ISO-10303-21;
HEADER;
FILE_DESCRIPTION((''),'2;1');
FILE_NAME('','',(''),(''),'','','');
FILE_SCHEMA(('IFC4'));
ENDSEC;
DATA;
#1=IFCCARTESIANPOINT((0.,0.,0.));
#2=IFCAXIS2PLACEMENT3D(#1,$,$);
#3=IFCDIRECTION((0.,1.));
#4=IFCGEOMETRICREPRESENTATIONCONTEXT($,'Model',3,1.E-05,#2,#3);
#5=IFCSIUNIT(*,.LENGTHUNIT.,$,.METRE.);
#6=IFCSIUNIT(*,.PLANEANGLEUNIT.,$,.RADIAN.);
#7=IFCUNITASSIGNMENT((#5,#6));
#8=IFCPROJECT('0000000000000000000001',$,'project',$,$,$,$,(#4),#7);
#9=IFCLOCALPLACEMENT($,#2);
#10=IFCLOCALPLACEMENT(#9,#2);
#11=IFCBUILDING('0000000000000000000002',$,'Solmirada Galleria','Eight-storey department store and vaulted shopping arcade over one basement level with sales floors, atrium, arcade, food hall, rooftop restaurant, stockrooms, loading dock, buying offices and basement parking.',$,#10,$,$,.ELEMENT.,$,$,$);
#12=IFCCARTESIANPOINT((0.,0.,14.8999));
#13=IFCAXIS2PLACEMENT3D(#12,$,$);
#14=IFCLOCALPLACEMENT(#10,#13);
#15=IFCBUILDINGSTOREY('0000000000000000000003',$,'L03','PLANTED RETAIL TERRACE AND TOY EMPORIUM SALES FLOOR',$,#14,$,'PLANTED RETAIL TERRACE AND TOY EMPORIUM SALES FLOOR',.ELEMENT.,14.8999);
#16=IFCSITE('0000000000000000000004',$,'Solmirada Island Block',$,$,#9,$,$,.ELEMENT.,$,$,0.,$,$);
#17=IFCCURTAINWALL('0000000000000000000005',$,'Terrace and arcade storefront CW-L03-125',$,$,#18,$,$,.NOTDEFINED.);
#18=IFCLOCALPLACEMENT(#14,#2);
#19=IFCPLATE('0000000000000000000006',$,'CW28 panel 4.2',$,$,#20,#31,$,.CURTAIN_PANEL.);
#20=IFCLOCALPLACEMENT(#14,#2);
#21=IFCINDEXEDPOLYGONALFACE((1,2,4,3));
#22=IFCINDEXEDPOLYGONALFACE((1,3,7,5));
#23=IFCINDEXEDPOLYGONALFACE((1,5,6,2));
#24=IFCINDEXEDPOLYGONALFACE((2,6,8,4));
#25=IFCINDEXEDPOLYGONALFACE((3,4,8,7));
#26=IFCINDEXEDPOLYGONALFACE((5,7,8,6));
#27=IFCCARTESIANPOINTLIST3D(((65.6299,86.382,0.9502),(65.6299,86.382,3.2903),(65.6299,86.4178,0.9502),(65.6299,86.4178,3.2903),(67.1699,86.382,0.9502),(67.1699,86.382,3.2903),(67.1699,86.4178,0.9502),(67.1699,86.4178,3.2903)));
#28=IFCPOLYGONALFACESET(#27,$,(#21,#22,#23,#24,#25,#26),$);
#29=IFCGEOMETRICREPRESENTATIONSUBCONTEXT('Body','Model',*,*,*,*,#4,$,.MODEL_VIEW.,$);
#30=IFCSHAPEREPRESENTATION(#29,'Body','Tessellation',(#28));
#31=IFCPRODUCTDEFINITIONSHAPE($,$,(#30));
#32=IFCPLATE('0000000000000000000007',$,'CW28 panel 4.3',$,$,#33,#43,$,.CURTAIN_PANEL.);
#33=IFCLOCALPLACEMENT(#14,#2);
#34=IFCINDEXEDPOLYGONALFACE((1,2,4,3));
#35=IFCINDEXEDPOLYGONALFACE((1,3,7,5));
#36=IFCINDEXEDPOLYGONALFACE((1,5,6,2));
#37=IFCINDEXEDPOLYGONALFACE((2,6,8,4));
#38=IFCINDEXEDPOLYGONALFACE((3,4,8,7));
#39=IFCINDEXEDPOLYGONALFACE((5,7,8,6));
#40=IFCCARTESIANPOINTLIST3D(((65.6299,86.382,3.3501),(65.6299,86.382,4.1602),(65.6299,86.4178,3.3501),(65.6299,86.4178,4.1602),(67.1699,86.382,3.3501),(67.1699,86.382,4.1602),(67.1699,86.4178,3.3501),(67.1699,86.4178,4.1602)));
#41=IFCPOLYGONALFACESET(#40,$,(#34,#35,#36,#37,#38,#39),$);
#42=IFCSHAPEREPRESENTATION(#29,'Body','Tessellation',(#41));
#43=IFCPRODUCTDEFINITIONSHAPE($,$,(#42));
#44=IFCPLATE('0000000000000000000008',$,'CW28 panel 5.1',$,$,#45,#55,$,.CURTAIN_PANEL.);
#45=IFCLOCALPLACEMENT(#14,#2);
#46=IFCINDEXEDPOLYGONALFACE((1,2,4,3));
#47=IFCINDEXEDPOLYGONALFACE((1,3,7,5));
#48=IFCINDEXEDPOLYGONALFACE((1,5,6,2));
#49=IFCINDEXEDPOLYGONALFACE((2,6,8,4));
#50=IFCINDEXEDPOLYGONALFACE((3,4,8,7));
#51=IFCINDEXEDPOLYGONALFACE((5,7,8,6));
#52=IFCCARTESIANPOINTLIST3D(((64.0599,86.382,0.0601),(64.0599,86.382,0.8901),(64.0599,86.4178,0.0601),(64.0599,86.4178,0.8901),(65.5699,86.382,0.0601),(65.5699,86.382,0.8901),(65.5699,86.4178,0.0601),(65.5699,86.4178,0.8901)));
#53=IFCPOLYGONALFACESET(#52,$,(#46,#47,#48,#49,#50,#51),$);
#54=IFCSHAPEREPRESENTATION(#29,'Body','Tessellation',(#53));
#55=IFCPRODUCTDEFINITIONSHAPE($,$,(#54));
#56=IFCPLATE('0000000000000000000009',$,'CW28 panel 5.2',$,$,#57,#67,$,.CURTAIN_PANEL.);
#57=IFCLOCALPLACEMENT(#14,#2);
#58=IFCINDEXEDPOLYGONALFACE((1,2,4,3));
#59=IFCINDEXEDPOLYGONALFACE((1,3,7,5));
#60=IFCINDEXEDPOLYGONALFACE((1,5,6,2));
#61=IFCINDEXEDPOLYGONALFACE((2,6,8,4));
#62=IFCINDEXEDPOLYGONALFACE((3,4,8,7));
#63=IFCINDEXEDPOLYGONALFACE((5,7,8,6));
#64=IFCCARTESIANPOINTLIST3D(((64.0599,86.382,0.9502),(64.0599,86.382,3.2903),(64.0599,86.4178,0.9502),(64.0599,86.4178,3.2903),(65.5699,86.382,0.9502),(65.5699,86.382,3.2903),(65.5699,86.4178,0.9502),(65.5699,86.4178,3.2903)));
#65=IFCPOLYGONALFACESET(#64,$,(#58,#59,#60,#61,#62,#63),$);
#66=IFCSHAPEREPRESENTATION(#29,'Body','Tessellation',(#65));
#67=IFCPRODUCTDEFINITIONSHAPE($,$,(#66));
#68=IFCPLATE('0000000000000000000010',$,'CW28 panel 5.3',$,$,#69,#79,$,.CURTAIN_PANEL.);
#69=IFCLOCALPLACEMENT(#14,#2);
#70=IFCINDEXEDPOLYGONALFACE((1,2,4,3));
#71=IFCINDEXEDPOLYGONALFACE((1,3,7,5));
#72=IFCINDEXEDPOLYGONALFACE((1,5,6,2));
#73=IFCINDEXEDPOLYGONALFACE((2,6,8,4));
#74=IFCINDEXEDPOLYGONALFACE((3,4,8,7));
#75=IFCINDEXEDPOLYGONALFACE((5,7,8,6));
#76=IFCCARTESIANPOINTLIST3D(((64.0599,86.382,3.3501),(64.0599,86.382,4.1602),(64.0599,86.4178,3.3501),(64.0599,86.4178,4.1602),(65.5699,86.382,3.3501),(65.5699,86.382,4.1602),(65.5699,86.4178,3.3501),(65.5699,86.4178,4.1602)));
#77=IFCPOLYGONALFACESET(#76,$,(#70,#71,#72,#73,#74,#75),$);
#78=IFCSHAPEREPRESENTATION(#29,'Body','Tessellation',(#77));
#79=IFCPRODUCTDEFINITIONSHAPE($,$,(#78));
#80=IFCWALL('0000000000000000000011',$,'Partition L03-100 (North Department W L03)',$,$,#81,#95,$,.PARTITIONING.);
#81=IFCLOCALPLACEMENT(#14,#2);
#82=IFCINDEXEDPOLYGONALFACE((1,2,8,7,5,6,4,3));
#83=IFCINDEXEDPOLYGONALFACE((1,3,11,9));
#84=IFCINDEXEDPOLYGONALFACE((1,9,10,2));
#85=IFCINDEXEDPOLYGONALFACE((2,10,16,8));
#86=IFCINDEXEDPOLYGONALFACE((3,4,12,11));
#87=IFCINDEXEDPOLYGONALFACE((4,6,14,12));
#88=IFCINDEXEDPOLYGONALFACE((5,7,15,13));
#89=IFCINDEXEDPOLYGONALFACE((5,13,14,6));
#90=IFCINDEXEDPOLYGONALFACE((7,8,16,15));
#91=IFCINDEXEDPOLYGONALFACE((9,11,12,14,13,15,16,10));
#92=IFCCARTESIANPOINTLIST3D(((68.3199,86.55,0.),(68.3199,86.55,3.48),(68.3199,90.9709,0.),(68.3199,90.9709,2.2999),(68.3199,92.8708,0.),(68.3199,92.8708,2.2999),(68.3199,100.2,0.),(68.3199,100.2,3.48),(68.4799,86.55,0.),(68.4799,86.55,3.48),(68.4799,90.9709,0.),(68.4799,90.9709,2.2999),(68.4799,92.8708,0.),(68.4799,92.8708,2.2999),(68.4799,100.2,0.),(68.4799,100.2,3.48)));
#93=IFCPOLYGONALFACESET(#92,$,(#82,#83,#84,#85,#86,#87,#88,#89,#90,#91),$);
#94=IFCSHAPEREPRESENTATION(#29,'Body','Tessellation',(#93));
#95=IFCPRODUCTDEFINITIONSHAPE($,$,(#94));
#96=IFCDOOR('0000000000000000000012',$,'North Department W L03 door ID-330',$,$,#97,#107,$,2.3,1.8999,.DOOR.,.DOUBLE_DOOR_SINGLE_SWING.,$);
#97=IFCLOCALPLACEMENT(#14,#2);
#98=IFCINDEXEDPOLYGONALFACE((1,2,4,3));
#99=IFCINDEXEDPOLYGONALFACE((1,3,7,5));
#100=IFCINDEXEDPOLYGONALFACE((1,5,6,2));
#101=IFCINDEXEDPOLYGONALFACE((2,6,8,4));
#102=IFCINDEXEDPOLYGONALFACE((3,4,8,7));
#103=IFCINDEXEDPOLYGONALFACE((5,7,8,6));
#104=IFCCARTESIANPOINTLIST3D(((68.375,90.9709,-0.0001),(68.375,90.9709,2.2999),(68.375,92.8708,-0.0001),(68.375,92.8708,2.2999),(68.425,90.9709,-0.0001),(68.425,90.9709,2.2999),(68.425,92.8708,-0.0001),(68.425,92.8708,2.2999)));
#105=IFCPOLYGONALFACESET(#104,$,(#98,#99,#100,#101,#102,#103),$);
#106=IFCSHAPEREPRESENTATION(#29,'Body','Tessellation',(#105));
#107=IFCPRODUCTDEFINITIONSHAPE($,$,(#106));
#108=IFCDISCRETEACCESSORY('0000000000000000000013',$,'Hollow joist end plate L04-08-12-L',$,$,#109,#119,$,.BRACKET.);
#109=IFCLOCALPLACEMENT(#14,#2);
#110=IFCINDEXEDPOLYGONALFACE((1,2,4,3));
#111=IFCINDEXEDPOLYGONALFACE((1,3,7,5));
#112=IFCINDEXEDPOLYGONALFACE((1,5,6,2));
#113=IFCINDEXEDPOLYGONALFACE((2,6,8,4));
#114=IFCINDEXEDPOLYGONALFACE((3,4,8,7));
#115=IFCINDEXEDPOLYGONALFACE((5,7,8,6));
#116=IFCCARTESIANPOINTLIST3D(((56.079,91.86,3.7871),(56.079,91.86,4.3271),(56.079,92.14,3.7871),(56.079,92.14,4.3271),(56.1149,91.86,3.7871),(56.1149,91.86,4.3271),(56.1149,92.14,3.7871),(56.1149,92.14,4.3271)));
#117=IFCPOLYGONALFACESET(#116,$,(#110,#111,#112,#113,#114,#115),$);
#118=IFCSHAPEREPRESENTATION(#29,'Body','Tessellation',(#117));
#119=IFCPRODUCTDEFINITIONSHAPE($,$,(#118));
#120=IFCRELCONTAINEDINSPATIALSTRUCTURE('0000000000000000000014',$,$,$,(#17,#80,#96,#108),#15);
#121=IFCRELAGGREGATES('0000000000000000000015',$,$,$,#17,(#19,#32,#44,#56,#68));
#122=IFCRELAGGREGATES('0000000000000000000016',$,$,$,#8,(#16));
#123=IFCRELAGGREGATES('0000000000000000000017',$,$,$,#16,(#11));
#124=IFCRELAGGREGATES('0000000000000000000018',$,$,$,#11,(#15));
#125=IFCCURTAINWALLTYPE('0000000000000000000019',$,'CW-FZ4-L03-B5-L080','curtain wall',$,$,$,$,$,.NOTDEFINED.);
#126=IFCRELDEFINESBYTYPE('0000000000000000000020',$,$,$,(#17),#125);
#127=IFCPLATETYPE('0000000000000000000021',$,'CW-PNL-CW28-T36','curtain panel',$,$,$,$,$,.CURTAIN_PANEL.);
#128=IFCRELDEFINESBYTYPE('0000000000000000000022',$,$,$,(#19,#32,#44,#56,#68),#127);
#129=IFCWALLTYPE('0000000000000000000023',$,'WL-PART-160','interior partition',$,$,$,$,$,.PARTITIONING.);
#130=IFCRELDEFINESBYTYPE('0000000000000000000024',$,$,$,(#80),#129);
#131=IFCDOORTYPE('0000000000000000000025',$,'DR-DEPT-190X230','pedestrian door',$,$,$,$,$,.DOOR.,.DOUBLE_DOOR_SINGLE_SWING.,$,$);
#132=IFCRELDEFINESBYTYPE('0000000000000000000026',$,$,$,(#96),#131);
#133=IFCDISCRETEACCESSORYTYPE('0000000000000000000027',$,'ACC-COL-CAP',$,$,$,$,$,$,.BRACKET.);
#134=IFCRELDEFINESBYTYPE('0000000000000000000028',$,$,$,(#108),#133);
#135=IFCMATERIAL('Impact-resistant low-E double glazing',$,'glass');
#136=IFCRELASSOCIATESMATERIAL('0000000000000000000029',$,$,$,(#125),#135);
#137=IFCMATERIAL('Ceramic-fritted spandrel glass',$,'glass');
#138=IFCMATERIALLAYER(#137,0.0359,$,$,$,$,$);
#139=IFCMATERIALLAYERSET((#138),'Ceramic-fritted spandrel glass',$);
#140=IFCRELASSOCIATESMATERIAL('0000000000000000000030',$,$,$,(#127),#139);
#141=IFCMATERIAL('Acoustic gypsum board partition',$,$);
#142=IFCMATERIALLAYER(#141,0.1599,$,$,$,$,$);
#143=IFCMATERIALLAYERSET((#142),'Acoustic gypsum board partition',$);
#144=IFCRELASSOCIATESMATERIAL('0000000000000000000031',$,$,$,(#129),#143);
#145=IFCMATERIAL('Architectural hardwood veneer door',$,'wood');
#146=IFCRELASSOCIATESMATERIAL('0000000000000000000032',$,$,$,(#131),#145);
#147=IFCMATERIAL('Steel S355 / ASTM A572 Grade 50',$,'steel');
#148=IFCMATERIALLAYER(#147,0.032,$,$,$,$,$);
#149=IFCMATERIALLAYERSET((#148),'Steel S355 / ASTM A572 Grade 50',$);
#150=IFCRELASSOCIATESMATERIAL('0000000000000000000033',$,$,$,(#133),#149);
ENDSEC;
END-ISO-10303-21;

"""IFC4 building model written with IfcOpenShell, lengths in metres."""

from ifc_helpers import new_model, si_unit, direction, frame, frame_2d, origin, origin_2d, place, context, subcontext, project, spatial, rectangle, extrude, material, layer, layer_set, type_object, element, fill, aggregate, save


model = new_model("IFC4")

# Units and contexts
model_context = context("Model", 3, precision=1e-05, world=origin(), true_north=direction((0.0, 1.0)))
body_context = subcontext(model_context, "Body", "Model", "MODEL_VIEW")
ifc_project = project(units=[si_unit("LENGTHUNIT", "METRE"), si_unit("PLANEANGLEUNIT", "RADIAN")], contexts=[model_context])

# Site, building, storey
site_placement = place(None, origin())
site = spatial("IfcSite", under=ifc_project, at=site_placement, Name="Solmirada Island Block", CompositionType="ELEMENT", RefElevation=0.0)
building_placement = place(site_placement, origin())
building = spatial("IfcBuilding", under=site, at=building_placement, Name="Solmirada Galleria", Description="Eight-storey department store and vaulted shopping arcade over one basement level with sales floors, atrium, arcade, food hall, rooftop restaurant, stockrooms, loading dock, buying offices and basement parking.", CompositionType="ELEMENT")
storey_placement = place(building_placement, frame((0.0, 0.0, 14.8999)))
storey = spatial("IfcBuildingStorey", under=building, at=storey_placement, Name="L03", Description="PLANTED RETAIL TERRACE AND TOY EMPORIUM SALES FLOOR", LongName="PLANTED RETAIL TERRACE AND TOY EMPORIUM SALES FLOOR", CompositionType="ELEMENT", Elevation=14.8999)

# Curtain wall, plates
ifc_material_1 = material(Name="Impact-resistant low-E double glazing", Category="glass")
curtain_wall_type = type_object("IfcCurtainWallType", Name="CW-FZ4-L03-B5-L080", Description="curtain wall", PredefinedType="NOTDEFINED", material=ifc_material_1)
curtain_wall_placement = place(storey_placement, origin())
curtain_wall = element("IfcCurtainWall", 1, at=curtain_wall_placement, inside=storey, type_object=curtain_wall_type, Name="Terrace and arcade storefront CW-L03-125", PredefinedType="NOTDEFINED")
ifc_material_2 = material(Name="Ceramic-fritted spandrel glass", Category="glass")
ifc_layer_1 = layer(ifc_material_2, 0.0359)
ifc_layer_set_1 = layer_set([ifc_layer_1], Name="Ceramic-fritted spandrel glass")
plate_type = type_object("IfcPlateType", Name="CW-PNL-CW28-T36", Description="curtain panel", PredefinedType="CURTAIN_PANEL", material=ifc_layer_set_1)
plate_1_placement = place(storey_placement, frame((66.3999, 86.3999, 0.9502), z_axis=(0.0, 0.0, 1.0), x_axis=(-1.0, 0.0, 0.0)))
plate_1 = element("IfcPlate", 2, at=plate_1_placement, type_object=plate_type, Name="CW28 panel 4.2", PredefinedType="CURTAIN_PANEL", context=body_context, shape_type="SweptSolid", body=[
    extrude(rectangle(XDim=1.54, YDim=0.0359, at=origin_2d()), origin(), (0.0, 0.0, 1.0), 2.3401),
])
plate_2_placement = place(storey_placement, frame((66.3999, 86.3999, 3.3501), z_axis=(0.0, 0.0, 1.0), x_axis=(-1.0, 0.0, 0.0)))
plate_2 = element("IfcPlate", 3, at=plate_2_placement, type_object=plate_type, Name="CW28 panel 4.3", PredefinedType="CURTAIN_PANEL", context=body_context, shape_type="SweptSolid", body=[
    extrude(rectangle(XDim=1.54, YDim=0.0359, at=origin_2d()), origin(), (0.0, 0.0, 1.0), 0.8101),
])
plate_3_placement = place(storey_placement, frame((64.8149, 86.3999, 0.0601), z_axis=(0.0, 0.0, 1.0), x_axis=(-1.0, 0.0, 0.0)))
plate_3 = element("IfcPlate", 4, at=plate_3_placement, type_object=plate_type, Name="CW28 panel 5.1", PredefinedType="CURTAIN_PANEL", context=body_context, shape_type="SweptSolid", body=[
    extrude(rectangle(XDim=1.51, YDim=0.0359, at=origin_2d()), origin(), (0.0, 0.0, 1.0), 0.8301),
])
plate_4_placement = place(storey_placement, frame((64.8149, 86.3999, 0.9502), z_axis=(0.0, 0.0, 1.0), x_axis=(-1.0, 0.0, 0.0)))
plate_4 = element("IfcPlate", 5, at=plate_4_placement, type_object=plate_type, Name="CW28 panel 5.2", PredefinedType="CURTAIN_PANEL", context=body_context, shape_type="SweptSolid", body=[
    extrude(rectangle(XDim=1.51, YDim=0.0359, at=origin_2d()), origin(), (0.0, 0.0, 1.0), 2.3401),
])
plate_5_placement = place(storey_placement, frame((64.8149, 86.3999, 3.3501), z_axis=(0.0, 0.0, 1.0), x_axis=(-1.0, 0.0, 0.0)))
plate_5 = element("IfcPlate", 6, at=plate_5_placement, type_object=plate_type, Name="CW28 panel 5.3", PredefinedType="CURTAIN_PANEL", context=body_context, shape_type="SweptSolid", body=[
    extrude(rectangle(XDim=1.51, YDim=0.0359, at=origin_2d()), origin(), (0.0, 0.0, 1.0), 0.8101),
])
aggregate(curtain_wall, [plate_1, plate_2, plate_3, plate_4, plate_5])

# Wall, opening, door
ifc_material_3 = material(Name="Acoustic gypsum board partition")
ifc_layer_2 = layer(ifc_material_3, 0.1599)
ifc_layer_set_2 = layer_set([ifc_layer_2], Name="Acoustic gypsum board partition")
wall_type_1 = type_object("IfcWallType", Name="WL-PART-160", Description="interior partition", PredefinedType="PARTITIONING", material=ifc_layer_set_2)
wall_1_placement = place(storey_placement, frame((68.3999, 86.55, 0.0), z_axis=(0.0, 0.0, 1.0), x_axis=(0.0, 1.0, 0.0)))
wall_1 = element("IfcWall", 7, at=wall_1_placement, inside=storey, type_object=wall_type_1, Name="Partition L03-100 (North Department W L03)", PredefinedType="PARTITIONING", context=body_context, shape_type="SweptSolid", body=[
    extrude(rectangle(XDim=13.6499, YDim=0.1599, at=frame_2d((6.825, 0.0))), origin(), (0.0, 0.0, 1.0), 3.48),
])
opening_1_placement = place(wall_1_placement, frame((4.4209, 0.0, 0.0)))
opening_1 = element("IfcOpeningElement", 8, at=opening_1_placement, cuts=wall_1, PredefinedType="OPENING", context=body_context, shape_type="SweptSolid", body=[
    extrude(rectangle(XDim=1.8999, YDim=2.3, at=frame_2d((0.95, 1.1499))), frame((0.0, 0.0898, 0.0), z_axis=(0.0, -1.0, 0.0), x_axis=(1.0, 0.0, 0.0)), (0.0, 0.0, 1.0), 0.1799),
])
ifc_material_4 = material(Name="Architectural hardwood veneer door", Category="wood")
door_type_1 = type_object("IfcDoorType", Name="DR-DEPT-190X230", Description="pedestrian door", OperationType="DOUBLE_DOOR_SINGLE_SWING", PredefinedType="DOOR", material=ifc_material_4)
door_1_placement = place(opening_1_placement, origin())
door_1 = element("IfcDoor", 9, at=door_1_placement, inside=storey, type_object=door_type_1, Name="North Department W L03 door ID-330", OperationType="DOUBLE_DOOR_SINGLE_SWING", OverallHeight=2.3, OverallWidth=1.8999, PredefinedType="DOOR", context=body_context, shape_type="SweptSolid", body=[
    extrude(rectangle(XDim=1.8999, YDim=2.3, at=frame_2d((0.95, 1.1499))), frame((0.0, 0.0249, 0.0), z_axis=(0.0, -1.0, 0.0), x_axis=(1.0, 0.0, 0.0)), (0.0, 0.0, 1.0), 0.05),
])
fill(opening_1, door_1)

# Discrete accessory
ifc_material_5 = material(Name="Steel S355 / ASTM A572 Grade 50", Category="steel")
ifc_layer_3 = layer(ifc_material_5, 0.032)
ifc_layer_set_3 = layer_set([ifc_layer_3], Name="Steel S355 / ASTM A572 Grade 50")
discrete_accessory_type = type_object("IfcDiscreteAccessoryType", Name="ACC-COL-CAP", PredefinedType="BRACKET", material=ifc_layer_set_3)
discrete_accessory_placement = place(storey_placement, frame((56.0969, 92.0, 3.7871), z_axis=(0.0, 0.0, 1.0), x_axis=(1.0, 0.0, 0.0)))
element("IfcDiscreteAccessory", 10, at=discrete_accessory_placement, inside=storey, type_object=discrete_accessory_type, Name="Hollow joist end plate L04-08-12-L", PredefinedType="BRACKET", context=body_context, shape_type="SweptSolid", body=[
    extrude(rectangle(XDim=0.0359, YDim=0.28, at=origin_2d()), origin(), (0.0, 0.0, 1.0), 0.54),
])

save(model, "model.ifc")
